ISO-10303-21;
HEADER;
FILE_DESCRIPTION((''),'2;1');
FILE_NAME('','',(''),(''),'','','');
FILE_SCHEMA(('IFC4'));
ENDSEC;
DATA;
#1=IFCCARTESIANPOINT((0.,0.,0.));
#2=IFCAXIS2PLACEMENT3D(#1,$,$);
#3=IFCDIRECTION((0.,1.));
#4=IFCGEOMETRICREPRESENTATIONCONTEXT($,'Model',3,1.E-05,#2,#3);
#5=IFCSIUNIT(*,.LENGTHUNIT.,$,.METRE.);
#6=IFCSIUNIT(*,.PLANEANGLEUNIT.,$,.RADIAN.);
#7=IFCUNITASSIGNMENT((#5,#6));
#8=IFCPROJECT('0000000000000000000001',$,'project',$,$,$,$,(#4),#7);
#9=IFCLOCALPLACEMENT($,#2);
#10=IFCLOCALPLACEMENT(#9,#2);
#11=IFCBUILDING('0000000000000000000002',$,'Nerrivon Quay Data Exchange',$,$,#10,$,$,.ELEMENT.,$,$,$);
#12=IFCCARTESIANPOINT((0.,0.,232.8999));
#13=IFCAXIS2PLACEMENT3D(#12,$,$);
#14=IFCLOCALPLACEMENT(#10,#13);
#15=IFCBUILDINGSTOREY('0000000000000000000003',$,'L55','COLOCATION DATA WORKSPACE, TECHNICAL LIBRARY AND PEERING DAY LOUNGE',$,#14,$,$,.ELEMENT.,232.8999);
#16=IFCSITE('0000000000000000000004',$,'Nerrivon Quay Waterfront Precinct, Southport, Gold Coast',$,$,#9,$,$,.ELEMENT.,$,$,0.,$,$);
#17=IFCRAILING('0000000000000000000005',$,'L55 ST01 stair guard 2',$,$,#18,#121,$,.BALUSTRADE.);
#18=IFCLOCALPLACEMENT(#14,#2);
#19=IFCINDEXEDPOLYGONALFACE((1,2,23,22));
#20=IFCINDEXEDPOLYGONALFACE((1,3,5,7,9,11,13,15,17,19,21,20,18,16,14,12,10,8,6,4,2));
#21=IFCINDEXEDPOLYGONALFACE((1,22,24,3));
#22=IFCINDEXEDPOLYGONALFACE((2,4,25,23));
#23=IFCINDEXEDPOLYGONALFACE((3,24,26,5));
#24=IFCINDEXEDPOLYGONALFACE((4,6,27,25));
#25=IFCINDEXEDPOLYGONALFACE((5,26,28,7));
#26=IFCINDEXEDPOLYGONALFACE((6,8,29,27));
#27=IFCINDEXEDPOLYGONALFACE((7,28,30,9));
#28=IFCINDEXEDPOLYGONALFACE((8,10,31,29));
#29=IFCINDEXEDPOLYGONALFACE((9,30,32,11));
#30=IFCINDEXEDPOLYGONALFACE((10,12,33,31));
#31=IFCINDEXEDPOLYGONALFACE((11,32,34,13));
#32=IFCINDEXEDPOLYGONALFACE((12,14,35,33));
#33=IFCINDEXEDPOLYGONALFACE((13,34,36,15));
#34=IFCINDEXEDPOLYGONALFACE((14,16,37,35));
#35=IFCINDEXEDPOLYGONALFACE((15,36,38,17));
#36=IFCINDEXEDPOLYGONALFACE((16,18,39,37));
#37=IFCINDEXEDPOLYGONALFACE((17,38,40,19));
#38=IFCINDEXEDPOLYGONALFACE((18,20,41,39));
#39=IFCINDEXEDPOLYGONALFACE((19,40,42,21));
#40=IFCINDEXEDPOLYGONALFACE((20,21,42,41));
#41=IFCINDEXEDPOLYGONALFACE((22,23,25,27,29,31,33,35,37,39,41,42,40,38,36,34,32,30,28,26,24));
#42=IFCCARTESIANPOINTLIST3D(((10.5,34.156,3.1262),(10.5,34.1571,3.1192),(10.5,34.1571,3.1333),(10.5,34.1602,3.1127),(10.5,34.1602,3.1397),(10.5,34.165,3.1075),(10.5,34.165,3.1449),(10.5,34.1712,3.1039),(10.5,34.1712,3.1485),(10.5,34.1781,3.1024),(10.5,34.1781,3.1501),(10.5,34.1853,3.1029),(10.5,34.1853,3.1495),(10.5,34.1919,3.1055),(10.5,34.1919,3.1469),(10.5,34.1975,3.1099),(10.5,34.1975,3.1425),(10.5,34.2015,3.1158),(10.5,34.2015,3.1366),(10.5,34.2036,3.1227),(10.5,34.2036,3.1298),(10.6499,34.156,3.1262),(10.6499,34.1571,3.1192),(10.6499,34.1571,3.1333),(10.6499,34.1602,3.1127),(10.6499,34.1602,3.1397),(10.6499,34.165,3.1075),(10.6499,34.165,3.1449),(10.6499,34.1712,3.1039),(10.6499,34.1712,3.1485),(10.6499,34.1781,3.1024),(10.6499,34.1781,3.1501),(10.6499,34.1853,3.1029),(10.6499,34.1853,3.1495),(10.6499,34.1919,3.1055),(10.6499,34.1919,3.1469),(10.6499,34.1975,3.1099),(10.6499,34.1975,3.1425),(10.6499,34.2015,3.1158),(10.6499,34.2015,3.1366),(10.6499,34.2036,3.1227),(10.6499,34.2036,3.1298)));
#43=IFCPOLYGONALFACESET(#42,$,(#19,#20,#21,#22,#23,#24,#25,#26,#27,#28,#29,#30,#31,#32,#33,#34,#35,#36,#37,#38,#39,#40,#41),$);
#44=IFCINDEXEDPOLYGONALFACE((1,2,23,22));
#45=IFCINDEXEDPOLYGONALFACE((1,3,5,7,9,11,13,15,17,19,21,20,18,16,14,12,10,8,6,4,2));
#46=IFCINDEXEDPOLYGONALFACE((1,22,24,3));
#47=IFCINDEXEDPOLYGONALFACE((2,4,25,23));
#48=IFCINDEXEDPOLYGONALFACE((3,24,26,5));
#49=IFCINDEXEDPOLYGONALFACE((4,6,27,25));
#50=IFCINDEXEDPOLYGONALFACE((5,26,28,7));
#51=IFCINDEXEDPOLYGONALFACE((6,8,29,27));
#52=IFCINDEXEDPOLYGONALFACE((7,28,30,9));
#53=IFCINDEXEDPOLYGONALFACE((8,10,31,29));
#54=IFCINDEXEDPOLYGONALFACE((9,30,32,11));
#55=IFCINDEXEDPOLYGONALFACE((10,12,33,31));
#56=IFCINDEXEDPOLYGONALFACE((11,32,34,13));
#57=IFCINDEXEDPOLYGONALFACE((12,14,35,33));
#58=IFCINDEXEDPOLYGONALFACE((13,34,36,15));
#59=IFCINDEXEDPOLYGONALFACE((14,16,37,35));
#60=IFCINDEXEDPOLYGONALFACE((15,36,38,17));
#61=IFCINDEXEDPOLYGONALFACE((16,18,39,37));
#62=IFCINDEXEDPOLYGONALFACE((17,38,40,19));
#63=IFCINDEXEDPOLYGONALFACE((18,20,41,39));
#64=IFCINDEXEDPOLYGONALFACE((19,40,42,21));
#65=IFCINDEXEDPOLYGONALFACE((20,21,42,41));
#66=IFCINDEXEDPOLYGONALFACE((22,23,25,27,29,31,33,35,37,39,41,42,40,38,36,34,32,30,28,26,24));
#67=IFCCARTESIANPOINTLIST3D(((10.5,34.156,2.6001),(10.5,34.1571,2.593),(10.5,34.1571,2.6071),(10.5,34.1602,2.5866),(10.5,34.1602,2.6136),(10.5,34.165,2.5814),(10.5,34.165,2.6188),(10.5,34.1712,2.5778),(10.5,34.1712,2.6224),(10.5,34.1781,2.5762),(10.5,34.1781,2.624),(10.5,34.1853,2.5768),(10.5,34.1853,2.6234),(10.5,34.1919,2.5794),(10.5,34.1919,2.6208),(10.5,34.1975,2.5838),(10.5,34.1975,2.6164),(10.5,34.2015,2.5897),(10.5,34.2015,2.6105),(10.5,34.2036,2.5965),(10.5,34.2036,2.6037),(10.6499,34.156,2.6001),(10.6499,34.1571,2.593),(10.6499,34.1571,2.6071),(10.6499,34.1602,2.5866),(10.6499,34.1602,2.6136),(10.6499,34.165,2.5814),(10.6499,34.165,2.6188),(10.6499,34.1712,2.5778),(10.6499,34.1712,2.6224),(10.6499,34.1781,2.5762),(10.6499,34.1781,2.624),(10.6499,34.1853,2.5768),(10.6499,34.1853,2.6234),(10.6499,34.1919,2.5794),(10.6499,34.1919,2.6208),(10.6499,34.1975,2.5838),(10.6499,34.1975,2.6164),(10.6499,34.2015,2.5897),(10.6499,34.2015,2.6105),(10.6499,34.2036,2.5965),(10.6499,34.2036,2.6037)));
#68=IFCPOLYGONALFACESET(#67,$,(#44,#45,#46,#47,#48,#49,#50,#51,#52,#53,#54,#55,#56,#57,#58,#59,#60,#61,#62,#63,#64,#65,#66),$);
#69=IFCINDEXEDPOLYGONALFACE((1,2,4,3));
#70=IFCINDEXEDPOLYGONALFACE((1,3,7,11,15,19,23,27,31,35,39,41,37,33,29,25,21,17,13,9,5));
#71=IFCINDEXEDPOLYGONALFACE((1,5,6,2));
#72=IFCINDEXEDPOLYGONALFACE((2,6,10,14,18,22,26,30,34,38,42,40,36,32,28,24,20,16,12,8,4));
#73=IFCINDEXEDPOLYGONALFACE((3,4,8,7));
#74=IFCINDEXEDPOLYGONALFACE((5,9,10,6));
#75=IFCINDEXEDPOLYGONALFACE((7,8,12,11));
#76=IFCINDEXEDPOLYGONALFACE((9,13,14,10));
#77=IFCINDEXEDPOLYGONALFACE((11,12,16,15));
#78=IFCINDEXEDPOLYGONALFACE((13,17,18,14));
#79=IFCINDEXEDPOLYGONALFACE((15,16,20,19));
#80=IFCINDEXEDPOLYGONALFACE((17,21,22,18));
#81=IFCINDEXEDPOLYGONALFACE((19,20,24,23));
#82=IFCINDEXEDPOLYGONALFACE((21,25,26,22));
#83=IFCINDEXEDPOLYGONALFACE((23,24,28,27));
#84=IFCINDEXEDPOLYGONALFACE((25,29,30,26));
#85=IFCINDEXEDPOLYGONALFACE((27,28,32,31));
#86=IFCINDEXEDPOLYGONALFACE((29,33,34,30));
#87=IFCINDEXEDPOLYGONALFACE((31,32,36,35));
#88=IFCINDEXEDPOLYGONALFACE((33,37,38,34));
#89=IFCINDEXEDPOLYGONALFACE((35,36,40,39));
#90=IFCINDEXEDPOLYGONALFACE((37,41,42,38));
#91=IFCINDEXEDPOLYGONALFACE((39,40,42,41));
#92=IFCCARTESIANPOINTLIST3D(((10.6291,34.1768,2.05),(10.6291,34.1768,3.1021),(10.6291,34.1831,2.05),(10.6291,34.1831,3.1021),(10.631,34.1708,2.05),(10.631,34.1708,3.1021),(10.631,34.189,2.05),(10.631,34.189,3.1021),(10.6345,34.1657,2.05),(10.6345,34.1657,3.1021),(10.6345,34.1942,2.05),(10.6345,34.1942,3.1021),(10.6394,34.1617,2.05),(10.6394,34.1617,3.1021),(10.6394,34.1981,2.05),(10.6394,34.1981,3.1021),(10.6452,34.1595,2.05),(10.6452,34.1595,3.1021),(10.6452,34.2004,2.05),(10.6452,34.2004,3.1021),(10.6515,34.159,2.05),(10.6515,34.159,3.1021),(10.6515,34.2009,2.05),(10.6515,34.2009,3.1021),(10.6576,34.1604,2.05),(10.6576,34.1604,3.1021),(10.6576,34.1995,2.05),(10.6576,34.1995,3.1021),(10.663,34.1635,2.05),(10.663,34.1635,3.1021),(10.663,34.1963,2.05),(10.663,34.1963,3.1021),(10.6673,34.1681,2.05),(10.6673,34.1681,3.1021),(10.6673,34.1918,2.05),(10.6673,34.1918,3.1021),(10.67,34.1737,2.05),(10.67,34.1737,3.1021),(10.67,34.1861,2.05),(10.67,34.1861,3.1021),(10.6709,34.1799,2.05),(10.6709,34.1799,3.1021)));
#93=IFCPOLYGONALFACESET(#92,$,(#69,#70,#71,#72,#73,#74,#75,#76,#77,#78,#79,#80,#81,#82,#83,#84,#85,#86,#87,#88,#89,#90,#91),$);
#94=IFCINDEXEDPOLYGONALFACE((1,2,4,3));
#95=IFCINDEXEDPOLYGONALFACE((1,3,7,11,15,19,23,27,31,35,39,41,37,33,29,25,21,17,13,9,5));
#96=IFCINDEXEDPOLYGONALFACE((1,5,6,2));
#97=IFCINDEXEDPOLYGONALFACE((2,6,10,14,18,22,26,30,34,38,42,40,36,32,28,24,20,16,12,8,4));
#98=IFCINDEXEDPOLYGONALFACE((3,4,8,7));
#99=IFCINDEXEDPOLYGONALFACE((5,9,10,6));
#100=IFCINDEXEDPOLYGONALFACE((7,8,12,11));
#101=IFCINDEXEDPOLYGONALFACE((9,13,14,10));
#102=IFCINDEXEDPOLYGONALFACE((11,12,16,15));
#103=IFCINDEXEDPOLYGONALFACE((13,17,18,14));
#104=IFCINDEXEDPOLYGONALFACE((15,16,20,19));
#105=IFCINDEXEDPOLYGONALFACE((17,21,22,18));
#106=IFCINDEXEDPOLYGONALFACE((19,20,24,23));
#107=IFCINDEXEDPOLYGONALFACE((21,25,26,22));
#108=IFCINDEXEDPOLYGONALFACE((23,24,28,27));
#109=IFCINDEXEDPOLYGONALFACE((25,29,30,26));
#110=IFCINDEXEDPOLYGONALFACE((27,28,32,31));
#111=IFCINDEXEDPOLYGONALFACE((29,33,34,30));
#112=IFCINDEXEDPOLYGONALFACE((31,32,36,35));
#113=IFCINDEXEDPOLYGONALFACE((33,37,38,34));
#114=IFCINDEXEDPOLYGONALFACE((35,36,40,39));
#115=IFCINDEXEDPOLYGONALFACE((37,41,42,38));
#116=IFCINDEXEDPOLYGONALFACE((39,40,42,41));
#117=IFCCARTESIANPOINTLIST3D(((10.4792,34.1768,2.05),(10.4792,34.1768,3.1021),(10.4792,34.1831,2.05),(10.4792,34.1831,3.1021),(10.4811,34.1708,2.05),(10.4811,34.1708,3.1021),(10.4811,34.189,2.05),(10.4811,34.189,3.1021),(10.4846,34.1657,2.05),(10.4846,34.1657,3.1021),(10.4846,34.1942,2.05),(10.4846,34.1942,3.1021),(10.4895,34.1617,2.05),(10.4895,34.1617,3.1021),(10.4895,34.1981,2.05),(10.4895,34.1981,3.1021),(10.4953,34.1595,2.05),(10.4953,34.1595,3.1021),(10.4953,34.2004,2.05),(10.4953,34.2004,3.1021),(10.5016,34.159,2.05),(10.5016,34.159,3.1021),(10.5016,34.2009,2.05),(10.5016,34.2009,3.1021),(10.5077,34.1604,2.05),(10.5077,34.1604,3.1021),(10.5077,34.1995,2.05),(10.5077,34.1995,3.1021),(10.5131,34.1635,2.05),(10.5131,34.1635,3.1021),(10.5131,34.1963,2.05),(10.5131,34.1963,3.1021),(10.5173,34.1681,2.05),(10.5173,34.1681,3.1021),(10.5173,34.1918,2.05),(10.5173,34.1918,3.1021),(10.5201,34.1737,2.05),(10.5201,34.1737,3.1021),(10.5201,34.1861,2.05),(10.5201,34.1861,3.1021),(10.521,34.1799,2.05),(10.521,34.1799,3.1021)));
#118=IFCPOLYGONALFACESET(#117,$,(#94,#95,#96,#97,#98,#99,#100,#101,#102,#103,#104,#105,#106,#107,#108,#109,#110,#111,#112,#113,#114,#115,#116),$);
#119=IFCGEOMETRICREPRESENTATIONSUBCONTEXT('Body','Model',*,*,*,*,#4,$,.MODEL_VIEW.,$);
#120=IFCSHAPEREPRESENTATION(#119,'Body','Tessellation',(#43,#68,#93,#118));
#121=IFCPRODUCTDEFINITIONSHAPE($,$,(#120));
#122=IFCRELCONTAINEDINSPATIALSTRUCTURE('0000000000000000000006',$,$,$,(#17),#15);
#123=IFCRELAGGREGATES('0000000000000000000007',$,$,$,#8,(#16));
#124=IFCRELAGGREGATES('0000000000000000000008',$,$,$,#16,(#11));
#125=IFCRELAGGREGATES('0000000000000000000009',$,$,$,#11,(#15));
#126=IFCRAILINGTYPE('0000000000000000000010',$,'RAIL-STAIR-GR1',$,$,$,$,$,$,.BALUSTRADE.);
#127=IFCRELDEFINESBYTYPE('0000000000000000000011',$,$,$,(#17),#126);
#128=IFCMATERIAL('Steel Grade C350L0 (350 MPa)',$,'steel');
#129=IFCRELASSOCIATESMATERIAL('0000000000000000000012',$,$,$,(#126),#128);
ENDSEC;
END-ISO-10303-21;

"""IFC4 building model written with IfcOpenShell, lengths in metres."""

from ifc_helpers import new_model, si_unit, direction, frame, origin, origin_2d, place, context, subcontext, project, spatial, circle, extrude, material, type_object, element, save


model = new_model("IFC4")

# Units and contexts
model_context = context("Model", 3, precision=1e-05, world=origin(), true_north=direction((0.0, 1.0)))
body_context = subcontext(model_context, "Body", "Model", "MODEL_VIEW")
ifc_project = project(units=[si_unit("LENGTHUNIT", "METRE"), si_unit("PLANEANGLEUNIT", "RADIAN")], contexts=[model_context])

# Site, building, storey
site_placement = place(None, origin())
site = spatial("IfcSite", under=ifc_project, at=site_placement, Name="Nerrivon Quay Waterfront Precinct, Southport, Gold Coast", CompositionType="ELEMENT", RefElevation=0.0)
building_placement = place(site_placement, origin())
building = spatial("IfcBuilding", under=site, at=building_placement, Name="Nerrivon Quay Data Exchange", CompositionType="ELEMENT")
storey_placement = place(building_placement, frame((0.0, 0.0, 232.8999)))
storey = spatial("IfcBuildingStorey", under=building, at=storey_placement, Name="L55", Description="COLOCATION DATA WORKSPACE, TECHNICAL LIBRARY AND PEERING DAY LOUNGE", CompositionType="ELEMENT", Elevation=232.8999)

# Shared definitions
ifc_material_1 = material(Name="Steel Grade C350L0 (350 MPa)", Category="steel")

# Railing
railing_type_1 = type_object("IfcRailingType", Name="RAIL-STAIR-GR1", PredefinedType="BALUSTRADE", material=ifc_material_1)
railing_1_placement = place(storey_placement, frame((10.6499, 34.1799, 2.05)))
element("IfcRailing", 1, at=railing_1_placement, inside=storey, type_object=railing_type_1, Name="L55 ST01 stair guard 2", PredefinedType="BALUSTRADE", context=body_context, shape_type="SweptSolid", body=[
    extrude(circle(Radius=0.0239, at=origin_2d()), frame((0.0, 0.0, 1.0762), z_axis=(-1.0, 0.0, 0.0), x_axis=(0.0, -1.0, 0.0)), (0.0, 0.0, 1.0), 0.1499),
    extrude(circle(Radius=0.0239, at=origin_2d()), frame((0.0, 0.0, 0.55), z_axis=(-1.0, 0.0, 0.0), x_axis=(0.0, -1.0, 0.0)), (0.0, 0.0, 1.0), 0.1499),
    extrude(circle(Radius=0.021, at=origin_2d()), origin(), (0.0, 0.0, 1.0), 1.052),
    extrude(circle(Radius=0.021, at=origin_2d()), frame((-0.1499, 0.0, 0.0)), (0.0, 0.0, 1.0), 1.052),
])

save(model, "model.ifc")
